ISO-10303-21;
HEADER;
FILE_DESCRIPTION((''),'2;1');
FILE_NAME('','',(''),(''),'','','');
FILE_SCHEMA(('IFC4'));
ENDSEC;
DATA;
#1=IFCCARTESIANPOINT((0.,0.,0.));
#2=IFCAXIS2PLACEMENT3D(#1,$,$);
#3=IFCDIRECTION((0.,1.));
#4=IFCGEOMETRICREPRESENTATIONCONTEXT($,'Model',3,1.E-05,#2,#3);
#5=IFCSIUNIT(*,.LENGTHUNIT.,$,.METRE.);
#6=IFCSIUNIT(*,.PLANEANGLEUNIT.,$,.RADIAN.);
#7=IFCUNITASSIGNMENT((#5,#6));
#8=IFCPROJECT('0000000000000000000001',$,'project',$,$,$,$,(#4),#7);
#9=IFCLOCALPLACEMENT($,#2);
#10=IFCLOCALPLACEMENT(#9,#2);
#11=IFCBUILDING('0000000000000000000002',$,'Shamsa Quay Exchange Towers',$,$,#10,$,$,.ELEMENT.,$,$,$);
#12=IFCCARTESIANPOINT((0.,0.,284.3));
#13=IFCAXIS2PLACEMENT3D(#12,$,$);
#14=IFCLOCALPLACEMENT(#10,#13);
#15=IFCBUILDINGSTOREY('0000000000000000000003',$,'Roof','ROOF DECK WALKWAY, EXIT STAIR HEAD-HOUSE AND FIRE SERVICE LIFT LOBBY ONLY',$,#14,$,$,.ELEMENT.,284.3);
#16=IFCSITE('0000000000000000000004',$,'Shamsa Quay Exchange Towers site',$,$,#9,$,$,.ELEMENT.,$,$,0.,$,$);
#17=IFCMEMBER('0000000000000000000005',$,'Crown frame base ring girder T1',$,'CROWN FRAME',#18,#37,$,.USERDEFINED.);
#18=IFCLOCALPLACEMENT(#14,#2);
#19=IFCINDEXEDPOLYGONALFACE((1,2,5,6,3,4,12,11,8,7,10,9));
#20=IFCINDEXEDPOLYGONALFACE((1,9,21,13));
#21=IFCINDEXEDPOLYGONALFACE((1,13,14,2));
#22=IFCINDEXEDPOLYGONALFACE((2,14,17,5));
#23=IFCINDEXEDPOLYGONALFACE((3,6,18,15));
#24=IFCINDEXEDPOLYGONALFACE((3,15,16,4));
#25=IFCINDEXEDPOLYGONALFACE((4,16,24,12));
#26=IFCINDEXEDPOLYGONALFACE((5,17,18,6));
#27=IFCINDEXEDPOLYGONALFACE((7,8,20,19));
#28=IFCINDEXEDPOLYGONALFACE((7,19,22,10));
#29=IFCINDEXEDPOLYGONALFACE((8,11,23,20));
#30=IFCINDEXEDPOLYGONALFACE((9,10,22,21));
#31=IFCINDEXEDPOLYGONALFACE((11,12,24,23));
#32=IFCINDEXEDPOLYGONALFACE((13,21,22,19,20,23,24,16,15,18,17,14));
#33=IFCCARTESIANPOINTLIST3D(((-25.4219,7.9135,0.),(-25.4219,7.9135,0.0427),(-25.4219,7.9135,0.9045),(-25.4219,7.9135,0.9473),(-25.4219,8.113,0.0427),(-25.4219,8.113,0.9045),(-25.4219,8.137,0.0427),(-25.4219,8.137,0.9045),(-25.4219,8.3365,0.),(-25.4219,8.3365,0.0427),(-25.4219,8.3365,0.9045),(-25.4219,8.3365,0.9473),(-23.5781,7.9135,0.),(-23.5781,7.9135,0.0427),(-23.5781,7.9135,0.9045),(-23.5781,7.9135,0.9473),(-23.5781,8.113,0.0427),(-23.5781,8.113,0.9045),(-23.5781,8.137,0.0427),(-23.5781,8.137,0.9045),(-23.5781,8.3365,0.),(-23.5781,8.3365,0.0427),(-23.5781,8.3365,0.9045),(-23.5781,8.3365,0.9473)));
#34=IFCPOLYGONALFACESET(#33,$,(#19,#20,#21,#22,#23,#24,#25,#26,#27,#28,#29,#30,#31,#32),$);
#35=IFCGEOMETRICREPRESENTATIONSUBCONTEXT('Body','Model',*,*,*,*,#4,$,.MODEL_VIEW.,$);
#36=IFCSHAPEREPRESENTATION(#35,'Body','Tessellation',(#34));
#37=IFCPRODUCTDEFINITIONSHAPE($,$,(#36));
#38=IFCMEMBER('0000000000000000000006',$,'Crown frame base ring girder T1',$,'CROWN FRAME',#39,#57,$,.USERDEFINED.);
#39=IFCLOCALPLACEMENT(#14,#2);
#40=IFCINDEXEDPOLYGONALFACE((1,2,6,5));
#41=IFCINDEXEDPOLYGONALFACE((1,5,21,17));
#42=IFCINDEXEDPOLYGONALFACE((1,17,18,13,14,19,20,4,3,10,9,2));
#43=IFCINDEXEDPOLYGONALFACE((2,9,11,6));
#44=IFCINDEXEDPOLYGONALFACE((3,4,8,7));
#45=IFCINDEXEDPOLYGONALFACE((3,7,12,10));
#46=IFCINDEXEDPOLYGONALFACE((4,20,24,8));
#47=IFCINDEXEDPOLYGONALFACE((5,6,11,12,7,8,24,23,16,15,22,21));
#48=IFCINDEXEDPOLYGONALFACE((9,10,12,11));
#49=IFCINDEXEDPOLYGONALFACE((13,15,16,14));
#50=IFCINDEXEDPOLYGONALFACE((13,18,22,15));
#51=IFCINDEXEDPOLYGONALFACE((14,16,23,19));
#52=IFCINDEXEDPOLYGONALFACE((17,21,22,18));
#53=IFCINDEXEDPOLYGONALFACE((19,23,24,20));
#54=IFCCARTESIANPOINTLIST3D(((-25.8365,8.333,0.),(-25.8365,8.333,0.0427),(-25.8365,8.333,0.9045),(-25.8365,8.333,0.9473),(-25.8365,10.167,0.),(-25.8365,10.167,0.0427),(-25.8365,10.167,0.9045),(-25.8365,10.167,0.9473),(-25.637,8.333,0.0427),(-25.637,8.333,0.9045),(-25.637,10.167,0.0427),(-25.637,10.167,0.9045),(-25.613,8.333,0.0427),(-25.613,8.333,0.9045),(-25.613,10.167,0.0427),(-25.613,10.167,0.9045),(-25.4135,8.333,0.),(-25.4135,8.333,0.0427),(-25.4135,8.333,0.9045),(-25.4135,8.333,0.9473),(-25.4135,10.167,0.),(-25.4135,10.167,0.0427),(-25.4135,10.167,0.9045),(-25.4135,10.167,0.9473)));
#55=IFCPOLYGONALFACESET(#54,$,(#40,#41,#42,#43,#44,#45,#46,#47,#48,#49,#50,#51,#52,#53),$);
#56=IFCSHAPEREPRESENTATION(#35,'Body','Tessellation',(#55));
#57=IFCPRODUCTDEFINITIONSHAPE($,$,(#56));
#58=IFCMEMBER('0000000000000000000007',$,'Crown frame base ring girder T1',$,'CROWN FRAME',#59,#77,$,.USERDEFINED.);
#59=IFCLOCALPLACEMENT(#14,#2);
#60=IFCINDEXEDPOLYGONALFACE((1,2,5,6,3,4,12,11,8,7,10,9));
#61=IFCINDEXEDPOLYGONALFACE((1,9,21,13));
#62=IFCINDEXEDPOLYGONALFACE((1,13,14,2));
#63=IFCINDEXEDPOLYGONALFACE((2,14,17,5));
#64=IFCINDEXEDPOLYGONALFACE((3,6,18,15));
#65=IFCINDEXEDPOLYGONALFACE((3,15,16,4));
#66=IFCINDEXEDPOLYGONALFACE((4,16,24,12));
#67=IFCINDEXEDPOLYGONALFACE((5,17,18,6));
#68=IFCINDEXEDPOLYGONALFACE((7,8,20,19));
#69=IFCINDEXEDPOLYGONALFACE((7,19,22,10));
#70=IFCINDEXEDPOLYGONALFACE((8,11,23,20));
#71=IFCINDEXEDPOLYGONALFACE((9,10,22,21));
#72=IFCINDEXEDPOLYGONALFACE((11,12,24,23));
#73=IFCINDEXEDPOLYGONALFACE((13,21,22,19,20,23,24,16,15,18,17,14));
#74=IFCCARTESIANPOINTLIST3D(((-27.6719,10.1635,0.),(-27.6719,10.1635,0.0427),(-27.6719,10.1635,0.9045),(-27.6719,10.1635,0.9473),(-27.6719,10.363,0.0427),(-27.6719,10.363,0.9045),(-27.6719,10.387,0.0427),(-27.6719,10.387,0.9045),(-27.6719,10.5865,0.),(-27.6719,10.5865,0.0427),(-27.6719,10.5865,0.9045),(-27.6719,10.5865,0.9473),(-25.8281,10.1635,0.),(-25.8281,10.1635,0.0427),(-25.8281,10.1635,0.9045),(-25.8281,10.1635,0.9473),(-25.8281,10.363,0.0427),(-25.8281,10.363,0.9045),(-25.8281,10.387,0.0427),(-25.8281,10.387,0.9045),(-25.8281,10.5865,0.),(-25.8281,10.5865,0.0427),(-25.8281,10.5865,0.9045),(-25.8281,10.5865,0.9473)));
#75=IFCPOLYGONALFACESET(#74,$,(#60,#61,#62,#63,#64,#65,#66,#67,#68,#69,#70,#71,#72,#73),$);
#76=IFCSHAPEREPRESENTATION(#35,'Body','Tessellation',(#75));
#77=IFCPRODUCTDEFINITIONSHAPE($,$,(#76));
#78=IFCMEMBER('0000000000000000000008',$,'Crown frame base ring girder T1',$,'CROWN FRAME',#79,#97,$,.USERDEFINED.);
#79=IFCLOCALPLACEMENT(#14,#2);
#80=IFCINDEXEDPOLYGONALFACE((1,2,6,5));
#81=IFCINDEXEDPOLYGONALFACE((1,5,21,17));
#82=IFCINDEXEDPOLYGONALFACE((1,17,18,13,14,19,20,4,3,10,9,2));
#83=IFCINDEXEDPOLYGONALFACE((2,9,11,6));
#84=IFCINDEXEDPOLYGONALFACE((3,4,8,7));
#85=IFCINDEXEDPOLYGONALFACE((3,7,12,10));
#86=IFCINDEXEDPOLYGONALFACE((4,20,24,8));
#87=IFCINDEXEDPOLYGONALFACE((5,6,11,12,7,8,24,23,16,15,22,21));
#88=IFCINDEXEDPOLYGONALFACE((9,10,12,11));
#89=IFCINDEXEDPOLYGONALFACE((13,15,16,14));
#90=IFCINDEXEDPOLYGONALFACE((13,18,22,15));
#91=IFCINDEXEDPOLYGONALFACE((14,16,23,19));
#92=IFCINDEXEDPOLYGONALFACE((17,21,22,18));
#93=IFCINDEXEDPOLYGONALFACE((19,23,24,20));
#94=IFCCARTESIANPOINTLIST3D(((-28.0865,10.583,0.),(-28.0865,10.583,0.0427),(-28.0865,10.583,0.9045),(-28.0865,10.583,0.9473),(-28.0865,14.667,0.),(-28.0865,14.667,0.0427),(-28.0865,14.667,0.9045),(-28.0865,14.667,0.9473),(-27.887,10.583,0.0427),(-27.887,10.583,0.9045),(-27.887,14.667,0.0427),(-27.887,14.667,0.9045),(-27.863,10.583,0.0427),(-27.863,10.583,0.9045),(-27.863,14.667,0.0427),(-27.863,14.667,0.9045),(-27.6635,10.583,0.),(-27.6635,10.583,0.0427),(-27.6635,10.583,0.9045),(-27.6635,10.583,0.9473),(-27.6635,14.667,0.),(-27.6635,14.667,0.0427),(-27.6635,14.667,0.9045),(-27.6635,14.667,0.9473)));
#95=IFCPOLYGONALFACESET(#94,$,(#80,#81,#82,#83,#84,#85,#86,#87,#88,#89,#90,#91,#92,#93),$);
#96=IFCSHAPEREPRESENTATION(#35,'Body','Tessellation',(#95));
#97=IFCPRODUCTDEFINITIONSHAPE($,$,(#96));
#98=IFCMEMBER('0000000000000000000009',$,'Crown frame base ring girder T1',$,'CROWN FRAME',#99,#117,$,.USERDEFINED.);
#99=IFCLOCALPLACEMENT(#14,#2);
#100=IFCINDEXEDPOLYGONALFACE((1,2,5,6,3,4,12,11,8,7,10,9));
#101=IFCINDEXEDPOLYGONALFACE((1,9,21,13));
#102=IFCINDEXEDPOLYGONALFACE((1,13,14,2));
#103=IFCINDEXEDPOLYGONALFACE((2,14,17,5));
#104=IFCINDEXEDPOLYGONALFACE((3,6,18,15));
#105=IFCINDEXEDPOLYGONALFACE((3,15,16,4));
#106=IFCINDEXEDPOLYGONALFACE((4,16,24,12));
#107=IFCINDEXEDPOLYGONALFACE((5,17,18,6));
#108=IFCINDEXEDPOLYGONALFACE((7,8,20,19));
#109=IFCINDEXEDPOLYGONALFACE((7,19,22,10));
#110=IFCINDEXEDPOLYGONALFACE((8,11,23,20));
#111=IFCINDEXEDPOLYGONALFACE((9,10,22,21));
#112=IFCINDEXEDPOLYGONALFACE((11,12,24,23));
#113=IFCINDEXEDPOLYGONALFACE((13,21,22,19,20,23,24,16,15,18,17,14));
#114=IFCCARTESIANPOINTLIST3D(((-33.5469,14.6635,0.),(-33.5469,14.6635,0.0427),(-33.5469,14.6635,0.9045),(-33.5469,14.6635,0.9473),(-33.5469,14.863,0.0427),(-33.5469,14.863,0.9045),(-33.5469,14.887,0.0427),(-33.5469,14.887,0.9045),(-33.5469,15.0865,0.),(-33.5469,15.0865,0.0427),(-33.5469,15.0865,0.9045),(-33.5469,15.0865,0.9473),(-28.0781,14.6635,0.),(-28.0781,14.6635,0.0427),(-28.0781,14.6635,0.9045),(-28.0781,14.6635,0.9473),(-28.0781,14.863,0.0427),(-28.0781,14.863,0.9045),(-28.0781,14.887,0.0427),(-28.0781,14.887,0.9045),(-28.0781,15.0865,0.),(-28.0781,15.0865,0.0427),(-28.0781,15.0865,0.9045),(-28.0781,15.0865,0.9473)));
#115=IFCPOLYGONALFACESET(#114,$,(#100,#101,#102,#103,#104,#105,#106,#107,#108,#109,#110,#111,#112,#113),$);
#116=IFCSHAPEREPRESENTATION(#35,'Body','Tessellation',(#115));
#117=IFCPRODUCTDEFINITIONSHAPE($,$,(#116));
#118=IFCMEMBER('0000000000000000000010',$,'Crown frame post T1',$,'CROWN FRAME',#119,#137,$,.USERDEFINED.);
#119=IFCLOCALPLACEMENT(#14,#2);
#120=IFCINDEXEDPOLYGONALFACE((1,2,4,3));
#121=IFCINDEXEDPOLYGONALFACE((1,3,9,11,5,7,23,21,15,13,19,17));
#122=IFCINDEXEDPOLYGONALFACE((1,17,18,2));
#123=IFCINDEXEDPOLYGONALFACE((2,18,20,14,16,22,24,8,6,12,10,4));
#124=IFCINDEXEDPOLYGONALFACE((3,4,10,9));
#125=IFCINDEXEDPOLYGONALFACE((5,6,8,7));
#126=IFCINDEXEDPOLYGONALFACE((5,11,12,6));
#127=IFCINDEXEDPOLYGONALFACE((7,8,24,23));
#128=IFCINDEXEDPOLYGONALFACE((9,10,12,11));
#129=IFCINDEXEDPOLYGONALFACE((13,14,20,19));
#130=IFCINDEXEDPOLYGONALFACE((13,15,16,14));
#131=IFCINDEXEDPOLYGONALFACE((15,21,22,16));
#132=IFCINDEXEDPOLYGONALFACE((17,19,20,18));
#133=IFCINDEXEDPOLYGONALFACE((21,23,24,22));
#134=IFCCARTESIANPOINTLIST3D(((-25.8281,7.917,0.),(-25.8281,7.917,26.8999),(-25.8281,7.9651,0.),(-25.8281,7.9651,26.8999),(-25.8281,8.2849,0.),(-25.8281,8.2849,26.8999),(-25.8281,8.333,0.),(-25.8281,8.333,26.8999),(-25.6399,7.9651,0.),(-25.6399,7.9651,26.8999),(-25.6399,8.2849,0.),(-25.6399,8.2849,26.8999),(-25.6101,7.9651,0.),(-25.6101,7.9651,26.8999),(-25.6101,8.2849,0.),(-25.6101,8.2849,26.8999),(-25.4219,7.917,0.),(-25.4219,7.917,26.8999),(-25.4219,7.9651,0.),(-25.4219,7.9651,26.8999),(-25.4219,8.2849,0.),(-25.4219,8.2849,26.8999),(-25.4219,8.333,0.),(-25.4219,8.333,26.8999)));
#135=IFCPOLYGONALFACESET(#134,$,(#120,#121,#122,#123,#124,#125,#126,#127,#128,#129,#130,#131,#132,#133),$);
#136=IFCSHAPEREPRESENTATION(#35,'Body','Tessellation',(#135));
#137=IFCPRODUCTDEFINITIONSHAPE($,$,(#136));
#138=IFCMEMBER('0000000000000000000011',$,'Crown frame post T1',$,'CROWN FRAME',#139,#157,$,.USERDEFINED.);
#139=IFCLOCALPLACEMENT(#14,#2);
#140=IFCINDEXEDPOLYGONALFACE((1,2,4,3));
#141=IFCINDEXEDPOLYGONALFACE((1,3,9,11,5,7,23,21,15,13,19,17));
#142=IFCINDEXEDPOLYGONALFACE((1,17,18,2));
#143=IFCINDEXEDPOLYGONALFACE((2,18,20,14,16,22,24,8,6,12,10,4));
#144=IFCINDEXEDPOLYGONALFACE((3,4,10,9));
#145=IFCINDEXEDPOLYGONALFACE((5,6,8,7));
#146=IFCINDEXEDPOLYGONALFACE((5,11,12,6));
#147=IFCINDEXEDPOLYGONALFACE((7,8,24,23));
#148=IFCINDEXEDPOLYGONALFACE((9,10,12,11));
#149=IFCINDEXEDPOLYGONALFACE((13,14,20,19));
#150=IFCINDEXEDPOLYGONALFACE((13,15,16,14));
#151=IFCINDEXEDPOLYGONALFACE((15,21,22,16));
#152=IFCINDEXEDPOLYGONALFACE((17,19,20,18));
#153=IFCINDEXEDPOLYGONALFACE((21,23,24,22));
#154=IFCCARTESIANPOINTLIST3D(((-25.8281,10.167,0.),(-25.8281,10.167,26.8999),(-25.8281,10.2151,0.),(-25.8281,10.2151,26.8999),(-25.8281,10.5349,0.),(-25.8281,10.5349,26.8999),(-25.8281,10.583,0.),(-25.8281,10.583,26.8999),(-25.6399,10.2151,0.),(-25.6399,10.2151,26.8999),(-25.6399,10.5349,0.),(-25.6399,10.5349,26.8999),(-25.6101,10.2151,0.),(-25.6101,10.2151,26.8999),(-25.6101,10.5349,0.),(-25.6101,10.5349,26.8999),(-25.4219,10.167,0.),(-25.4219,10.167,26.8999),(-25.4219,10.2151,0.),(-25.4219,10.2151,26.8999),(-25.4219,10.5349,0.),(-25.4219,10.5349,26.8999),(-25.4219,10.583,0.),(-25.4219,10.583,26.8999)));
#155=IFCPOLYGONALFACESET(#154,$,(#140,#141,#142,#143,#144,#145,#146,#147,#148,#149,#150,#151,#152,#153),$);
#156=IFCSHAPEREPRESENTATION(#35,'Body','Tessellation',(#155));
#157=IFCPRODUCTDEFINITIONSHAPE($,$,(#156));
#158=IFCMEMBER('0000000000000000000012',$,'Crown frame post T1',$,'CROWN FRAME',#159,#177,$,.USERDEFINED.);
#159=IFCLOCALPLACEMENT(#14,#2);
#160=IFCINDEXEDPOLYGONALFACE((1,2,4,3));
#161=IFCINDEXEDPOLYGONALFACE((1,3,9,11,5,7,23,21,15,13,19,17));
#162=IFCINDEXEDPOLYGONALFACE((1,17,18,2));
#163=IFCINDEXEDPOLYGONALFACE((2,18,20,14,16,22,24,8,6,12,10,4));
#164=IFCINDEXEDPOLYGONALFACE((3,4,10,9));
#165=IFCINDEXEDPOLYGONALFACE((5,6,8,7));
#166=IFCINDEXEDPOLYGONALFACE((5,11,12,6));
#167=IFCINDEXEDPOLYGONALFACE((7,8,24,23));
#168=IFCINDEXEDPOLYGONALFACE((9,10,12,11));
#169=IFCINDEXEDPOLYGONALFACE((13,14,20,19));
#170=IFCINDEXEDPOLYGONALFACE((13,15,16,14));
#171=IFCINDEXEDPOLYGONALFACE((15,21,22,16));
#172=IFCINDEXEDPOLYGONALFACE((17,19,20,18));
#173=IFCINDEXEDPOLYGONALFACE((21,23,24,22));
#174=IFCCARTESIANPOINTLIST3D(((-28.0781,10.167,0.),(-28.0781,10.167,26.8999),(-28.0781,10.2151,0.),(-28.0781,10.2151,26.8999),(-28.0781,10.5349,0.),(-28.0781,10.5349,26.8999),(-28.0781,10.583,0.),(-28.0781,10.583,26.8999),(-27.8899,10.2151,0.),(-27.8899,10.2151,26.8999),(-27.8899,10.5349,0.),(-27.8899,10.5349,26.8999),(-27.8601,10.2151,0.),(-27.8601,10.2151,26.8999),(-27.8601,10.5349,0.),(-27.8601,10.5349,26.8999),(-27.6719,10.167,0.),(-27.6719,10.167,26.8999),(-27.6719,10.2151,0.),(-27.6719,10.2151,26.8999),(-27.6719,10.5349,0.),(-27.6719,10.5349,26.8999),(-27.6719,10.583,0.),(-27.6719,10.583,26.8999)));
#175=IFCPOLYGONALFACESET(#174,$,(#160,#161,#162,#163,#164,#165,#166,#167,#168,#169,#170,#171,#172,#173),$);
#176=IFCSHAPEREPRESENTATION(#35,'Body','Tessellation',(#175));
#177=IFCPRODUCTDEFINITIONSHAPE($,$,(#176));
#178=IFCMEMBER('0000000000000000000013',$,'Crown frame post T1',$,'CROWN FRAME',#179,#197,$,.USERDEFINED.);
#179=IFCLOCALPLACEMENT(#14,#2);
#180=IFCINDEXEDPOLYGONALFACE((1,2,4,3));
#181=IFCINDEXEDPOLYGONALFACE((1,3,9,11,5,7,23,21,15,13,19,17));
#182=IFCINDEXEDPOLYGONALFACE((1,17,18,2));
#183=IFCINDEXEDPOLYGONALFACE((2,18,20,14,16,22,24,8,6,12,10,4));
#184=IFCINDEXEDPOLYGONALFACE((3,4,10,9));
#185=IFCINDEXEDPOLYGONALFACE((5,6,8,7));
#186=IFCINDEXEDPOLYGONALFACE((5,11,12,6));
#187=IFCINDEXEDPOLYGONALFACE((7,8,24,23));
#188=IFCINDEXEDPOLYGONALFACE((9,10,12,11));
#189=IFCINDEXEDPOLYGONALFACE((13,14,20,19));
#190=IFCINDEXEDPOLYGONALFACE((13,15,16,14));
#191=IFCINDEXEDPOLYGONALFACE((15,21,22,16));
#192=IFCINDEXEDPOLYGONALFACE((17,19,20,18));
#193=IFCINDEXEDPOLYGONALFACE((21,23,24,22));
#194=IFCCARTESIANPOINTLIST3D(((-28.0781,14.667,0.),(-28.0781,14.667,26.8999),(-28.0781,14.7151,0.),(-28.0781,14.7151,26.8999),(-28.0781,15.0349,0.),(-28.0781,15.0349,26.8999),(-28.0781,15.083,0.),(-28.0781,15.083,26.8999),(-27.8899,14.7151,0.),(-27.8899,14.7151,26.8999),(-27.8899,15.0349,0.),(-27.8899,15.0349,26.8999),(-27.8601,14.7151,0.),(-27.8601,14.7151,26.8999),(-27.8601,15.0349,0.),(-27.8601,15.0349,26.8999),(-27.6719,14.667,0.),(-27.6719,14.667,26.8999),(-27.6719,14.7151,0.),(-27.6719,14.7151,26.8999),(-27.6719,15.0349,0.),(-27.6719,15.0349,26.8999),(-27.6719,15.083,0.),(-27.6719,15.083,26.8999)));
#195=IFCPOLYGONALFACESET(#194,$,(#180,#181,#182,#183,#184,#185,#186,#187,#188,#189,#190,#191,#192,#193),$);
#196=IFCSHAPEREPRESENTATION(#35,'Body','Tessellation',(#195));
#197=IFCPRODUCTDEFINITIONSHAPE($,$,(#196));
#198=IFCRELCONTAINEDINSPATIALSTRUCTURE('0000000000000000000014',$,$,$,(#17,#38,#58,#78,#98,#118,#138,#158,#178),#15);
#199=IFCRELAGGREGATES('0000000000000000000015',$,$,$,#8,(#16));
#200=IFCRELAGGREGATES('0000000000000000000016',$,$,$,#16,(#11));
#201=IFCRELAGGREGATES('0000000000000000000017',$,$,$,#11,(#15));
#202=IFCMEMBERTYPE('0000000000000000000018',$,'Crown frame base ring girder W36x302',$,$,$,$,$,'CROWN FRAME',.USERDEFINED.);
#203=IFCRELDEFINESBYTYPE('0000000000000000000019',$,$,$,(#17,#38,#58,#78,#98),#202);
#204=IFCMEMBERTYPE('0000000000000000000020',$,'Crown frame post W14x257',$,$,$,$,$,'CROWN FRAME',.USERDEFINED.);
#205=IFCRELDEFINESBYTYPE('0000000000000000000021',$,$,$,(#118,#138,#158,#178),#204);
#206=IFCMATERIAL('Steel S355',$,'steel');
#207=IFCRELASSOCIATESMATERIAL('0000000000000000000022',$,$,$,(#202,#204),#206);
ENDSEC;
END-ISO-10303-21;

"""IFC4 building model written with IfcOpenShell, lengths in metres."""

from ifc_helpers import new_model, si_unit, direction, frame, origin, origin_2d, place, context, subcontext, project, spatial, i_section, extrude, material, material_profile, profile_set, type_object, element, save


model = new_model("IFC4")

# Units and contexts
model_context = context("Model", 3, precision=1e-05, world=origin(), true_north=direction((0.0, 1.0)))
body_context = subcontext(model_context, "Body", "Model", "MODEL_VIEW")
ifc_project = project(units=[si_unit("LENGTHUNIT", "METRE"), si_unit("PLANEANGLEUNIT", "RADIAN")], contexts=[model_context])

# Site, building, storey
site_placement = place(None, origin())
site = spatial("IfcSite", under=ifc_project, at=site_placement, Name="Shamsa Quay Exchange Towers site", CompositionType="ELEMENT", RefElevation=0.0)
building_placement = place(site_placement, origin())
building = spatial("IfcBuilding", under=site, at=building_placement, Name="Shamsa Quay Exchange Towers", CompositionType="ELEMENT")
storey_placement = place(building_placement, frame((0.0, 0.0, 284.3)))
storey = spatial("IfcBuildingStorey", under=building, at=storey_placement, Name="Roof", Description="ROOF DECK WALKWAY, EXIT STAIR HEAD-HOUSE AND FIRE SERVICE LIFT LOBBY ONLY", CompositionType="ELEMENT", Elevation=284.3)

# Members
ifc_material_1 = material(Name="Steel S355", Category="steel")
ifc_material_profile_1 = material_profile(ifc_material_1, i_section(OverallWidth=0.4231, OverallDepth=0.9473, WebThickness=0.0239, FlangeThickness=0.0427, at=origin_2d()), Name="W36x302")
ifc_profile_set_1 = profile_set([ifc_material_profile_1], Name="Steel S355")
member_type_1 = type_object("IfcMemberType", Name="Crown frame base ring girder W36x302", ElementType="CROWN FRAME", PredefinedType="USERDEFINED", material=ifc_profile_set_1)
member_1_placement = place(storey_placement, frame((-23.5781, 8.125, 0.4736), z_axis=(-1.0, 0.0, 0.0), x_axis=(0.0, -1.0, 0.0)))
element("IfcMember", 1, at=member_1_placement, inside=storey, type_object=member_type_1, Name="Crown frame base ring girder T1", ObjectType="CROWN FRAME", PredefinedType="USERDEFINED", context=body_context, shape_type="SweptSolid", body=[
    extrude(i_section(OverallWidth=0.4231, OverallDepth=0.9473, WebThickness=0.0239, FlangeThickness=0.0427, at=origin_2d()), origin(), (0.0, 0.0, 1.0), 1.8438),
])
member_2_placement = place(storey_placement, frame((-25.625, 8.333, 0.4736), z_axis=(0.0, 1.0, 0.0), x_axis=(-1.0, 0.0, 0.0)))
element("IfcMember", 2, at=member_2_placement, inside=storey, type_object=member_type_1, Name="Crown frame base ring girder T1", ObjectType="CROWN FRAME", PredefinedType="USERDEFINED", context=body_context, shape_type="SweptSolid", body=[
    extrude(i_section(OverallWidth=0.4231, OverallDepth=0.9473, WebThickness=0.0239, FlangeThickness=0.0427, at=origin_2d()), origin(), (0.0, 0.0, 1.0), 1.834),
])
member_3_placement = place(storey_placement, frame((-25.8281, 10.375, 0.4736), z_axis=(-1.0, 0.0, 0.0), x_axis=(0.0, -1.0, 0.0)))
element("IfcMember", 3, at=member_3_placement, inside=storey, type_object=member_type_1, Name="Crown frame base ring girder T1", ObjectType="CROWN FRAME", PredefinedType="USERDEFINED", context=body_context, shape_type="SweptSolid", body=[
    extrude(i_section(OverallWidth=0.4231, OverallDepth=0.9473, WebThickness=0.0239, FlangeThickness=0.0427, at=origin_2d()), origin(), (0.0, 0.0, 1.0), 1.8438),
])
member_4_placement = place(storey_placement, frame((-27.875, 10.583, 0.4736), z_axis=(0.0, 1.0, 0.0), x_axis=(-1.0, 0.0, 0.0)))
element("IfcMember", 4, at=member_4_placement, inside=storey, type_object=member_type_1, Name="Crown frame base ring girder T1", ObjectType="CROWN FRAME", PredefinedType="USERDEFINED", context=body_context, shape_type="SweptSolid", body=[
    extrude(i_section(OverallWidth=0.4231, OverallDepth=0.9473, WebThickness=0.0239, FlangeThickness=0.0427, at=origin_2d()), origin(), (0.0, 0.0, 1.0), 4.084),
])
member_5_placement = place(storey_placement, frame((-28.0781, 14.875, 0.4736), z_axis=(-1.0, 0.0, 0.0), x_axis=(0.0, -1.0, 0.0)))
element("IfcMember", 5, at=member_5_placement, inside=storey, type_object=member_type_1, Name="Crown frame base ring girder T1", ObjectType="CROWN FRAME", PredefinedType="USERDEFINED", context=body_context, shape_type="SweptSolid", body=[
    extrude(i_section(OverallWidth=0.4231, OverallDepth=0.9473, WebThickness=0.0239, FlangeThickness=0.0427, at=origin_2d()), origin(), (0.0, 0.0, 1.0), 5.4688),
])
ifc_material_profile_2 = material_profile(ifc_material_1, i_section(OverallWidth=0.4062, OverallDepth=0.416, WebThickness=0.0298, FlangeThickness=0.0481, at=origin_2d()), Name="W14x257")
ifc_profile_set_2 = profile_set([ifc_material_profile_2], Name="Steel S355")
member_type_2 = type_object("IfcMemberType", Name="Crown frame post W14x257", ElementType="CROWN FRAME", PredefinedType="USERDEFINED", material=ifc_profile_set_2)
for number, where, name in (
    (6, (-25.625, 8.125, 0.0), "Crown frame post T1"),
    (7, (-25.625, 10.375, 0.0), "Crown frame post T1"),
    (8, (-27.875, 10.375, 0.0), "Crown frame post T1"),
    (9, (-27.875, 14.875, 0.0), "Crown frame post T1"),
):
    element("IfcMember", number, at=place(storey_placement, frame(where)), inside=storey, type_object=member_type_2, Name=name, ObjectType="CROWN FRAME", PredefinedType="USERDEFINED", context=body_context, shape_type="SweptSolid", body=[
        extrude(i_section(OverallWidth=0.4062, OverallDepth=0.416, WebThickness=0.0298, FlangeThickness=0.0481, at=origin_2d()), origin(), (0.0, 0.0, 1.0), 26.8999),
    ])

save(model, "model.ifc")
